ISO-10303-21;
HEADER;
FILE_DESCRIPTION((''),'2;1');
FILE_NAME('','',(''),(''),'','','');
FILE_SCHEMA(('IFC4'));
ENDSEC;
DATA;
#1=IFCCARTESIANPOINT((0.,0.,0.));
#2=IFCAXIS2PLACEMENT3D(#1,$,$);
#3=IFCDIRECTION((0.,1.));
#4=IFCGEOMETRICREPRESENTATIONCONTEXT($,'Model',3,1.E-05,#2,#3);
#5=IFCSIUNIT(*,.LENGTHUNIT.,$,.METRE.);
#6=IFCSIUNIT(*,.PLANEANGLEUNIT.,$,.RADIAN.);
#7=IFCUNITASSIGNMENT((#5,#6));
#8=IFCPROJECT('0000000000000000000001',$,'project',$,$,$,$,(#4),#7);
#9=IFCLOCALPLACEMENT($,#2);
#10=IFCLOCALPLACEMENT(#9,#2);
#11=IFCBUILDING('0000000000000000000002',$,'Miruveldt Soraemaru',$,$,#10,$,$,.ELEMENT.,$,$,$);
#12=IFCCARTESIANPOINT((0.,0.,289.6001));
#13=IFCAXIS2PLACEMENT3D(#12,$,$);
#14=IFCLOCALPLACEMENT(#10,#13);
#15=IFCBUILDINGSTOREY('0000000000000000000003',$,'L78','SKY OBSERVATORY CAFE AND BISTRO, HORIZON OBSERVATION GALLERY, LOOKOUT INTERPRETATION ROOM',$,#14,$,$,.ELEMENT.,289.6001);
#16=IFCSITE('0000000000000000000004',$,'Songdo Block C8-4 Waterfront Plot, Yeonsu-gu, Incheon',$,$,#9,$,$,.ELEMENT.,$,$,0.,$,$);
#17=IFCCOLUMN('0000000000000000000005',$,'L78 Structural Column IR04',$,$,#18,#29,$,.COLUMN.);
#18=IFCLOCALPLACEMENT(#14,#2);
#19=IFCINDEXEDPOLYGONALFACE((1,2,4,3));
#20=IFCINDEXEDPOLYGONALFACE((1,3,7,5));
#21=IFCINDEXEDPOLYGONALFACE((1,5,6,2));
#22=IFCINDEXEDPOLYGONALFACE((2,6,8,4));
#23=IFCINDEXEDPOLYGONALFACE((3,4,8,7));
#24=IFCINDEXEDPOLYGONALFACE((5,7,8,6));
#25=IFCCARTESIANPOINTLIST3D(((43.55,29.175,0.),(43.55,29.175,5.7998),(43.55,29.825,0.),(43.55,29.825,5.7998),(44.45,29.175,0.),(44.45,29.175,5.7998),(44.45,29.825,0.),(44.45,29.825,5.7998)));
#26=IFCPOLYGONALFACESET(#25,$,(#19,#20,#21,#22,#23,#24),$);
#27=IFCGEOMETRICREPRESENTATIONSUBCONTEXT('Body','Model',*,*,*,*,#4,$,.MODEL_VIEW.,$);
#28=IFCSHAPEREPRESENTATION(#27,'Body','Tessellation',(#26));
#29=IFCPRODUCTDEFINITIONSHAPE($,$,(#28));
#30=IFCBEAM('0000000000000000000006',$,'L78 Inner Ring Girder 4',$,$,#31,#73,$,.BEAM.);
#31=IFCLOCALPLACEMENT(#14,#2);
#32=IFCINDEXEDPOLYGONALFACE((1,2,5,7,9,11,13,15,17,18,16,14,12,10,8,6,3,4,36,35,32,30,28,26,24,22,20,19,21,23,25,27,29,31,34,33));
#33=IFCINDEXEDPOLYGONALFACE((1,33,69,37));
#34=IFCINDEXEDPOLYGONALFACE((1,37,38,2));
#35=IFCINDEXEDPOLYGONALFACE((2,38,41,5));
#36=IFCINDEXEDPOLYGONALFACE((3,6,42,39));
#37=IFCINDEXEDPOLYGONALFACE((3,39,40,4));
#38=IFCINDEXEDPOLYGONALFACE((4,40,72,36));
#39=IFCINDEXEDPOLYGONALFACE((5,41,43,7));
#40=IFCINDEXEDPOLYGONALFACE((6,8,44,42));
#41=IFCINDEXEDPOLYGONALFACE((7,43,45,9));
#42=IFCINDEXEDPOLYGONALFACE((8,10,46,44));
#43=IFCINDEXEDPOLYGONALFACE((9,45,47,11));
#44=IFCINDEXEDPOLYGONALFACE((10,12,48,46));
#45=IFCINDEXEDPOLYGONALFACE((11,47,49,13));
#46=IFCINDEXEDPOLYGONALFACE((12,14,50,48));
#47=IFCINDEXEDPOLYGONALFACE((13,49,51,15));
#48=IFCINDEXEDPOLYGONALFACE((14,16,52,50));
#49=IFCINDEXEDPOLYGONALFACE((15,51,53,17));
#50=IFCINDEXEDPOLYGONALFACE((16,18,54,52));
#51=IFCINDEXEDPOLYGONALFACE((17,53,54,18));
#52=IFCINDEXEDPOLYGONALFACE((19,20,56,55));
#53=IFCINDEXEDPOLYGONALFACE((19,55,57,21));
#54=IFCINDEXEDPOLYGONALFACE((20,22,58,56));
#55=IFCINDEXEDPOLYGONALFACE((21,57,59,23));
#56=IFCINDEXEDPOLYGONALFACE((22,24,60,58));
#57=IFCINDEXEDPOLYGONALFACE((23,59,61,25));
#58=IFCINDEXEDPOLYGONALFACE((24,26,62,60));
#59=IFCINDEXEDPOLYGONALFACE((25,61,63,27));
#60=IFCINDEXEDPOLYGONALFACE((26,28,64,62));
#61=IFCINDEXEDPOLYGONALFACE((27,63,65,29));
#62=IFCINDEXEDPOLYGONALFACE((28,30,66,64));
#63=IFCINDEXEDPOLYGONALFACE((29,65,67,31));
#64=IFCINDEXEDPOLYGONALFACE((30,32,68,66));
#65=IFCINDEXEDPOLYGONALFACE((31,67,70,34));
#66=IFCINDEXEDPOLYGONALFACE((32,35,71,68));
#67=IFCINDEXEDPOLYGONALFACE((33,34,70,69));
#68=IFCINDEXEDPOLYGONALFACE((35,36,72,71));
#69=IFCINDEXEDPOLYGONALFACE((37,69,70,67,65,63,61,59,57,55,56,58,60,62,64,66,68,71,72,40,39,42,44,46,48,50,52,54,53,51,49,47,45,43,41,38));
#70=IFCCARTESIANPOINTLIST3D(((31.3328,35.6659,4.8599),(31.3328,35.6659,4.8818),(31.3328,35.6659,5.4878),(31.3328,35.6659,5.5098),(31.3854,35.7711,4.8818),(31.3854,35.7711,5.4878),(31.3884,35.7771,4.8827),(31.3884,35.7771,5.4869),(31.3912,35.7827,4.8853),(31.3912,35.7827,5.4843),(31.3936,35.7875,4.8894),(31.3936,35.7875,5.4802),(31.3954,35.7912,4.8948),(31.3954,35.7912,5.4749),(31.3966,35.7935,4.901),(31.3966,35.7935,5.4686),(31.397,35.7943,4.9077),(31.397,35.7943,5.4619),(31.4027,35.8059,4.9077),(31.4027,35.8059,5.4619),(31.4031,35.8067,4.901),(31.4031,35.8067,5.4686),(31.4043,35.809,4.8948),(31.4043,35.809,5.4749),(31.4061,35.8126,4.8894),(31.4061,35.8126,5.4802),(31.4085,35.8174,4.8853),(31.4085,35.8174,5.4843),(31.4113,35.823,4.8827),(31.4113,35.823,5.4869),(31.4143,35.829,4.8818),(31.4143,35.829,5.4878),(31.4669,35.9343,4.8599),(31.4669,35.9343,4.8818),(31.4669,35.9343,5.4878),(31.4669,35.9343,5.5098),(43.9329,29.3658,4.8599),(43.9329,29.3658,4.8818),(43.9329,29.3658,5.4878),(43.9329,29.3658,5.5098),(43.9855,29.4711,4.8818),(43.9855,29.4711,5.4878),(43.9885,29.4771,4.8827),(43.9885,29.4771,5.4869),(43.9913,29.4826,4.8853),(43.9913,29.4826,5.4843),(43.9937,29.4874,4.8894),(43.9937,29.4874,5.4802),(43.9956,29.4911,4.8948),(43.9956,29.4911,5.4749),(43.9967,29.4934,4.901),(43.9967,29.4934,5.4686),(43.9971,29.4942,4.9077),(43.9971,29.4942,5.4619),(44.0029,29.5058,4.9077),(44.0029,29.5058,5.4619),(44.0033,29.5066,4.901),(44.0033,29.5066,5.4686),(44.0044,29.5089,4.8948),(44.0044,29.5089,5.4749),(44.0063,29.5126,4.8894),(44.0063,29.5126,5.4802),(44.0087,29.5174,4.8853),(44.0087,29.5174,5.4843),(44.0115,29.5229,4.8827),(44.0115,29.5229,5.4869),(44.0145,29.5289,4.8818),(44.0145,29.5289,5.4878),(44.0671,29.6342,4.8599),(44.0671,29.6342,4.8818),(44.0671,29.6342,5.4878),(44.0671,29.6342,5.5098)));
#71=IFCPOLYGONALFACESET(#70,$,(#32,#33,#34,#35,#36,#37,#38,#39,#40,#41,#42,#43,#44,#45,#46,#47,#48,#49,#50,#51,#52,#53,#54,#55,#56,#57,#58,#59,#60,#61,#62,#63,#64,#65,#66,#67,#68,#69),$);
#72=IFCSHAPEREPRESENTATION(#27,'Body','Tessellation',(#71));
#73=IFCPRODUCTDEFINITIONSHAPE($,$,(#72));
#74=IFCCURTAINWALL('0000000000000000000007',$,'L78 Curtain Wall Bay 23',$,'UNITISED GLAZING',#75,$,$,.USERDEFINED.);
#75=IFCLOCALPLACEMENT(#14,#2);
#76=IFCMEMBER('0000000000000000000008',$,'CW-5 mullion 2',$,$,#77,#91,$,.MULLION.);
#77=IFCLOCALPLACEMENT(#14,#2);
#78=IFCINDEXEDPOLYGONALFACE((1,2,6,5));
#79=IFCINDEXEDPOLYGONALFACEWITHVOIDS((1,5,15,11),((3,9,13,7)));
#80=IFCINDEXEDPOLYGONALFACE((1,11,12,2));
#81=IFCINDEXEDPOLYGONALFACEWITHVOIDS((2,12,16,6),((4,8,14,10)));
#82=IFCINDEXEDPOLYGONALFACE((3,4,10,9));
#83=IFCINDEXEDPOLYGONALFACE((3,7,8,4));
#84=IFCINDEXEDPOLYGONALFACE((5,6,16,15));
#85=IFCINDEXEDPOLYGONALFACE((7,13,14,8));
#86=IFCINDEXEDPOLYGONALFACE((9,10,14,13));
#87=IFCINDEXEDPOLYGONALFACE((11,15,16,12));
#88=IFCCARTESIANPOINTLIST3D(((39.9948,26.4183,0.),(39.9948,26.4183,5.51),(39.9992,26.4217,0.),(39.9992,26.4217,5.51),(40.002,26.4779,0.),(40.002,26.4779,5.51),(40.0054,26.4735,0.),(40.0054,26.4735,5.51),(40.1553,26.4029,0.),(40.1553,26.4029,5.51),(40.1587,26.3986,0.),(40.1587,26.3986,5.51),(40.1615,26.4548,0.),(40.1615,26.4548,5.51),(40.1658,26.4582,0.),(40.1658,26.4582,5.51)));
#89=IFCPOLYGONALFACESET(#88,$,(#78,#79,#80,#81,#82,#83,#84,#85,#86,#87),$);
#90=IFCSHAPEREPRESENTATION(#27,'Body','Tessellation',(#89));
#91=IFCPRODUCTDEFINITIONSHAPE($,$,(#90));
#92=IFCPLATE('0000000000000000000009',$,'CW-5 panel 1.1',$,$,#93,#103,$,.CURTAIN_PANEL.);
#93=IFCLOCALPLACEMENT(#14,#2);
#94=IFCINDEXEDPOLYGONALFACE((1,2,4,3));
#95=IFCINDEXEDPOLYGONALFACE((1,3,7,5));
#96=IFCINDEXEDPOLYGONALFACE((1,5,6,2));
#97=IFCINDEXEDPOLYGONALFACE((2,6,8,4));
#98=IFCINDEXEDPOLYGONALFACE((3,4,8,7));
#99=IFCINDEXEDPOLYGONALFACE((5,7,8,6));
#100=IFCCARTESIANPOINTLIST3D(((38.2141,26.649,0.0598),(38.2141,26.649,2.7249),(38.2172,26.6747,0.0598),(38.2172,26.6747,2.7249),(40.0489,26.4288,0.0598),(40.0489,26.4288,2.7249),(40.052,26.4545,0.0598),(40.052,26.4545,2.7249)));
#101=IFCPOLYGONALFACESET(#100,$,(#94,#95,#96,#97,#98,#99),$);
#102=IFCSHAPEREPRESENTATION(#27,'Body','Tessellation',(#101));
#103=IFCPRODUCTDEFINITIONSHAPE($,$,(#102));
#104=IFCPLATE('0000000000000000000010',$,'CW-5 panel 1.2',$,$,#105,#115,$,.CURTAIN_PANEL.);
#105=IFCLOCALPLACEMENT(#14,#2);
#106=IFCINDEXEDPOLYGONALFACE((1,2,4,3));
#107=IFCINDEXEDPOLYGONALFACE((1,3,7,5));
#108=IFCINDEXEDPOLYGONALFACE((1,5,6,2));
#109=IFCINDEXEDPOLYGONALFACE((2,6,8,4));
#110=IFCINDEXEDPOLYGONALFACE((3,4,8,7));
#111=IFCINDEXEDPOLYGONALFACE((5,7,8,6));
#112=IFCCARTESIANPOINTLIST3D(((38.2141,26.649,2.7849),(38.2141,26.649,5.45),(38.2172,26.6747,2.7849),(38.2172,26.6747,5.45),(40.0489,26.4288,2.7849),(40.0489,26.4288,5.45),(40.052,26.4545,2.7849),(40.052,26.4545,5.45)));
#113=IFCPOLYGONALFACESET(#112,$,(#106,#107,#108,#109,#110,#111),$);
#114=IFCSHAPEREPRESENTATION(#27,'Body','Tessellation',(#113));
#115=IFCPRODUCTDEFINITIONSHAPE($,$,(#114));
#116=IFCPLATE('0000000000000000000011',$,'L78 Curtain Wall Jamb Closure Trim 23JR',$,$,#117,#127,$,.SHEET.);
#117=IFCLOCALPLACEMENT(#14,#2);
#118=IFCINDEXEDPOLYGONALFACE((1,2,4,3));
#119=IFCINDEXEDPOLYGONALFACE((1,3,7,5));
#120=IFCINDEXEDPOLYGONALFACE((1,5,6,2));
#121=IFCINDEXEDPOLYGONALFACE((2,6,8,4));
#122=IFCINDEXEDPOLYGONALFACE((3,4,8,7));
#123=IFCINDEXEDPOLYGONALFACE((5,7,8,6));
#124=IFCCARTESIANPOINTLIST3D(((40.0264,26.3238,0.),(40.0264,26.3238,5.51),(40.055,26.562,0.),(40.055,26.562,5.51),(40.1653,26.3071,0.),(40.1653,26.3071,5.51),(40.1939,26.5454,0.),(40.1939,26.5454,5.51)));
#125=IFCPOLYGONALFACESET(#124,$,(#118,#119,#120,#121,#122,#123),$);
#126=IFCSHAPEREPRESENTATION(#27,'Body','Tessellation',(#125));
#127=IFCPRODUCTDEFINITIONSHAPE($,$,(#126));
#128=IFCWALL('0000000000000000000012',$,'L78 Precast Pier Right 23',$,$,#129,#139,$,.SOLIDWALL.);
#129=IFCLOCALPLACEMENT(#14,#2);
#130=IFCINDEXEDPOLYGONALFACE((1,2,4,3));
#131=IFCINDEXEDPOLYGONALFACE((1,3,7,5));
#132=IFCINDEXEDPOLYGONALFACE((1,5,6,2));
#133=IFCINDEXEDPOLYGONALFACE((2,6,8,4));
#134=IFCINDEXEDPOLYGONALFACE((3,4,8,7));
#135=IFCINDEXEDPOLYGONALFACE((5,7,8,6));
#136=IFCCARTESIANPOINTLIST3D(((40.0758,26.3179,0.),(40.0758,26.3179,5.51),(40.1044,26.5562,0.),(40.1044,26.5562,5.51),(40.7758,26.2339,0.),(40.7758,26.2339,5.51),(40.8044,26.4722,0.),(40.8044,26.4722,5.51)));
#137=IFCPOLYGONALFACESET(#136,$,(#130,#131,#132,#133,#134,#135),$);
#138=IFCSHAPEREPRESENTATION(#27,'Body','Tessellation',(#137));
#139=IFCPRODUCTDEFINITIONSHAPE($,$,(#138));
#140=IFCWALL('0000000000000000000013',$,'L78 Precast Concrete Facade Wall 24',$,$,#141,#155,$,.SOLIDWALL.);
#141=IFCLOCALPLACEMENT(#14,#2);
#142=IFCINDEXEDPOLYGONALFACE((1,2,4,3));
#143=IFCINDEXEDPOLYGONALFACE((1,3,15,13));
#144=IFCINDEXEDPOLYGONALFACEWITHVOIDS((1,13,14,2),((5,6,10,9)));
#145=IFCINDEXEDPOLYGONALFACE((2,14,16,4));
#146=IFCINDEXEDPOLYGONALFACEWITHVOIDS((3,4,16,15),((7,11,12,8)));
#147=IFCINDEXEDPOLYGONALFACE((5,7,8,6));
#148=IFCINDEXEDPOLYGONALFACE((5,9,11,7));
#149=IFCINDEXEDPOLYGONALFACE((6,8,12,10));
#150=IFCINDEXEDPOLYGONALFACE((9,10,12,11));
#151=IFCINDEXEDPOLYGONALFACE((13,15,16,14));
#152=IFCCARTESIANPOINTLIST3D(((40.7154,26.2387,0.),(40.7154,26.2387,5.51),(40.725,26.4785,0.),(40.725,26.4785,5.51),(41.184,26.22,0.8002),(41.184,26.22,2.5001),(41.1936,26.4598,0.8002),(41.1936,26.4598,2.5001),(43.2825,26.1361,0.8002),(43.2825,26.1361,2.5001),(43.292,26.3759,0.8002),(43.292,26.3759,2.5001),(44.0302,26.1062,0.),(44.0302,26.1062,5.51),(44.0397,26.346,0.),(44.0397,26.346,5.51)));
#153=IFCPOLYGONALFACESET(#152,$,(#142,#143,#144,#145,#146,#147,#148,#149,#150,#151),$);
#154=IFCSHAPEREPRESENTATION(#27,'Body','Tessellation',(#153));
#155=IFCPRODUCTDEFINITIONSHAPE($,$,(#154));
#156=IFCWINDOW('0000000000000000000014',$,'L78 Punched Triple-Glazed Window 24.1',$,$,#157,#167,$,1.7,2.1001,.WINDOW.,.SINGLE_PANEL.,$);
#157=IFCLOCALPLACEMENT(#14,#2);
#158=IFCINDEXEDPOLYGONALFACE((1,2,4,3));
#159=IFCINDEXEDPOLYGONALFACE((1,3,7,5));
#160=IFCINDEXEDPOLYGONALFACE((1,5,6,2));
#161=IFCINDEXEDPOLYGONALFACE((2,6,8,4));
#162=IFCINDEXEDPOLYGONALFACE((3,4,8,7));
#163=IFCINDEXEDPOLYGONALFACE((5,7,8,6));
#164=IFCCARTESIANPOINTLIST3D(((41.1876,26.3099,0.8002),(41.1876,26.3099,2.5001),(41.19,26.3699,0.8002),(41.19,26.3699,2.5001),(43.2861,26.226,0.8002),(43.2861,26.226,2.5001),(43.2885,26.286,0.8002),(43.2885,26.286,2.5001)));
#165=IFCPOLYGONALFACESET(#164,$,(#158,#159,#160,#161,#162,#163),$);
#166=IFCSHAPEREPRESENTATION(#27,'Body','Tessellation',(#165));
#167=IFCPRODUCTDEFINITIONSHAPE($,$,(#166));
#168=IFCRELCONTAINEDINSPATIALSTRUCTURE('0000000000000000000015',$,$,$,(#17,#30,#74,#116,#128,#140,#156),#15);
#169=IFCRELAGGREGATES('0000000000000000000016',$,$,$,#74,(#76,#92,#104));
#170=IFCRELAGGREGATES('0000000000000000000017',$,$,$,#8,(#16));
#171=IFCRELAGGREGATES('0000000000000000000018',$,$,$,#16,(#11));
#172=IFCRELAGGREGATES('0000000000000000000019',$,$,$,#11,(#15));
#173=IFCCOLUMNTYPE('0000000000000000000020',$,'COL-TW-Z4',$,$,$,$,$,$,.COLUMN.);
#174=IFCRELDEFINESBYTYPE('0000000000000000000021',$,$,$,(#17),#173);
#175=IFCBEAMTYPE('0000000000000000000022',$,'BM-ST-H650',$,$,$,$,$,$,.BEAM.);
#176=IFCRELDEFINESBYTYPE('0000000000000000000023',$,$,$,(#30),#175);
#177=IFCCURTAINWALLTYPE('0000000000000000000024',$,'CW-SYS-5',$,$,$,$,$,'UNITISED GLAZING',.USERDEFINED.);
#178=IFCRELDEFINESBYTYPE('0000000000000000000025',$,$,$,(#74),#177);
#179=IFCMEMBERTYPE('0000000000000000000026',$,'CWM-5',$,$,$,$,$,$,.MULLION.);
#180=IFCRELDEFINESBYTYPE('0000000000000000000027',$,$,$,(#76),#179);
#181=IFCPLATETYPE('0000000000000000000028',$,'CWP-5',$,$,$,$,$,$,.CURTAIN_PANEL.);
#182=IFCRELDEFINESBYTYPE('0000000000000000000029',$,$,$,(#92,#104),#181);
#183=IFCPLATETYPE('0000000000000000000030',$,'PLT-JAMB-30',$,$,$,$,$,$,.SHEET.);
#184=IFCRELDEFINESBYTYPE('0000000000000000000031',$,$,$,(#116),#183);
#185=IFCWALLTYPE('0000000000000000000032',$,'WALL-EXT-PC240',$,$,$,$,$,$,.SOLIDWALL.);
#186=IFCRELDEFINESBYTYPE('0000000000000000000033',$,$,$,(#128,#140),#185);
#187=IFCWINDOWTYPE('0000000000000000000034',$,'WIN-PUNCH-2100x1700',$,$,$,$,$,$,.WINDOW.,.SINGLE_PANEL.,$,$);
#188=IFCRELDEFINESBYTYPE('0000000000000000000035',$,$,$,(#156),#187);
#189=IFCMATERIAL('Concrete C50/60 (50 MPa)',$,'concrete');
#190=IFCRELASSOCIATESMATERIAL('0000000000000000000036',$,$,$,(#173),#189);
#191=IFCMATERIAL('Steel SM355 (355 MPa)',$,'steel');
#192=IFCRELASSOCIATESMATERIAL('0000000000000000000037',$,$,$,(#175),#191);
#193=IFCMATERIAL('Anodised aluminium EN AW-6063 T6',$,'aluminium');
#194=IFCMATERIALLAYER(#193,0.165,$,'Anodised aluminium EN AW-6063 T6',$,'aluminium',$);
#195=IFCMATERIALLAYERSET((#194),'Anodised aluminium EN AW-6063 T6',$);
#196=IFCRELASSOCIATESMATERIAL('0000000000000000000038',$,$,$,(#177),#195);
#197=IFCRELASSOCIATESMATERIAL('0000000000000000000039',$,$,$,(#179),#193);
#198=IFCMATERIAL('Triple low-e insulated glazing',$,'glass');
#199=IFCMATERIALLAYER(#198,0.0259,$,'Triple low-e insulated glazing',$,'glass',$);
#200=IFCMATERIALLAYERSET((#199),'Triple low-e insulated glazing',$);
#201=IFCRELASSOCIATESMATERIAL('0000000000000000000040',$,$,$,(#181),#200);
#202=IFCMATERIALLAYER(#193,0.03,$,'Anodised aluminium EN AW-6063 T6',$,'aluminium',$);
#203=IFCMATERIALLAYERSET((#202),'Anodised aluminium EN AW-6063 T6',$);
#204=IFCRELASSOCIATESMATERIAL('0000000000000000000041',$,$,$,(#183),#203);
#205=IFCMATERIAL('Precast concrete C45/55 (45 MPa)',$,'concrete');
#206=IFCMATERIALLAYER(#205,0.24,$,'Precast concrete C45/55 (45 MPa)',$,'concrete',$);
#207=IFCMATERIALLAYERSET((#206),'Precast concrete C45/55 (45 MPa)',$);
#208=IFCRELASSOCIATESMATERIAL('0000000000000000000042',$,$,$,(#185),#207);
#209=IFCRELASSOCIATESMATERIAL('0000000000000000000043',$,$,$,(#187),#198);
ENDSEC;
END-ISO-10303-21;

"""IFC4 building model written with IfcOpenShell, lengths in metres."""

from ifc_helpers import new_model, si_unit, direction, frame, frame_2d, origin, origin_2d, place, context, subcontext, project, spatial, rectangle, hollow_rectangle, i_section, extrude, material, layer, layer_set, material_profile, profile_set, type_object, element, fill, aggregate, save


model = new_model("IFC4")

# Units and contexts
model_context = context("Model", 3, precision=1e-05, world=origin(), true_north=direction((0.0, 1.0)))
body_context = subcontext(model_context, "Body", "Model", "MODEL_VIEW")
ifc_project = project(units=[si_unit("LENGTHUNIT", "METRE"), si_unit("PLANEANGLEUNIT", "RADIAN")], contexts=[model_context])

# Site, building, storey
site_placement = place(None, origin())
site = spatial("IfcSite", under=ifc_project, at=site_placement, Name="Songdo Block C8-4 Waterfront Plot, Yeonsu-gu, Incheon", CompositionType="ELEMENT", RefElevation=0.0)
building_placement = place(site_placement, origin())
building = spatial("IfcBuilding", under=site, at=building_placement, Name="Miruveldt Soraemaru", CompositionType="ELEMENT")
storey_placement = place(building_placement, frame((0.0, 0.0, 289.6001)))
storey = spatial("IfcBuildingStorey", under=building, at=storey_placement, Name="L78", Description="SKY OBSERVATORY CAFE AND BISTRO, HORIZON OBSERVATION GALLERY, LOOKOUT INTERPRETATION ROOM", CompositionType="ELEMENT", Elevation=289.6001)

# Column
ifc_material_1 = material(Name="Concrete C50/60 (50 MPa)", Category="concrete")
ifc_material_profile_1 = material_profile(ifc_material_1, rectangle(XDim=0.8999, YDim=0.6499, at=origin_2d()), Name="Concrete C50/60 (50 MPa)", Category="concrete")
ifc_profile_set_1 = profile_set([ifc_material_profile_1], Name="Concrete C50/60 (50 MPa)")
column_type = type_object("IfcColumnType", Name="COL-TW-Z4", PredefinedType="COLUMN", material=ifc_profile_set_1)
column_placement = place(storey_placement, frame((44.0, 29.5, 0.0), z_axis=(0.0, 0.0, 1.0), x_axis=(1.0, 0.0, 0.0)))
element("IfcColumn", 1, at=column_placement, inside=storey, type_object=column_type, Name="L78 Structural Column IR04", PredefinedType="COLUMN", context=body_context, shape_type="SweptSolid", body=[
    extrude(rectangle(XDim=0.8999, YDim=0.6499, at=origin_2d()), origin(), (0.0, 0.0, 1.0), 5.7998),
])

# Beam
ifc_material_2 = material(Name="Steel SM355 (355 MPa)", Category="steel")
ifc_material_profile_2 = material_profile(ifc_material_2, i_section(OverallWidth=0.3, OverallDepth=0.6499, WebThickness=0.0129, FlangeThickness=0.022, FilletRadius=0.0259, at=origin_2d()), Name="Steel SM355 (355 MPa)", Category="steel")
ifc_profile_set_2 = profile_set([ifc_material_profile_2], Name="Steel SM355 (355 MPa)")
beam_type = type_object("IfcBeamType", Name="BM-ST-H650", PredefinedType="BEAM", material=ifc_profile_set_2)
beam_placement = place(storey_placement, frame((44.0, 29.5, 5.1848), z_axis=(-0.894427, 0.447214, 0.0), x_axis=(-0.447214, -0.894427, 0.0)))
element("IfcBeam", 2, at=beam_placement, inside=storey, type_object=beam_type, Name="L78 Inner Ring Girder 4", PredefinedType="BEAM", context=body_context, shape_type="SweptSolid", body=[
    extrude(i_section(OverallWidth=0.3, OverallDepth=0.6499, WebThickness=0.0129, FlangeThickness=0.022, FilletRadius=0.0259, at=origin_2d()), origin(), (0.0, 0.0, 1.0), 14.0874),
])

# Curtain wall, member, plates
ifc_material_3 = material(Name="Anodised aluminium EN AW-6063 T6", Category="aluminium")
ifc_layer_1 = layer(ifc_material_3, 0.165, Name="Anodised aluminium EN AW-6063 T6", Category="aluminium")
ifc_layer_set_1 = layer_set([ifc_layer_1], Name="Anodised aluminium EN AW-6063 T6")
curtain_wall_type = type_object("IfcCurtainWallType", Name="CW-SYS-5", ElementType="UNITISED GLAZING", PredefinedType="USERDEFINED", material=ifc_layer_set_1)
curtain_wall_placement = place(storey_placement, origin())
curtain_wall = element("IfcCurtainWall", 3, at=curtain_wall_placement, inside=storey, type_object=curtain_wall_type, Name="L78 Curtain Wall Bay 23", ObjectType="UNITISED GLAZING", PredefinedType="USERDEFINED")
ifc_material_profile_3 = material_profile(ifc_material_3, hollow_rectangle(XDim=0.0601, YDim=0.165, WallThickness=0.0039, at=origin_2d()), Name="Anodised aluminium EN AW-6063 T6", Category="aluminium")
ifc_profile_set_3 = profile_set([ifc_material_profile_3], Name="Anodised aluminium EN AW-6063 T6")
member_type = type_object("IfcMemberType", Name="CWM-5", PredefinedType="MULLION", material=ifc_profile_set_3)
member_placement = place(storey_placement, frame((40.0803, 26.4382, 0.0), z_axis=(0.0, 0.0, 1.0), x_axis=(0.119161, 0.992875, 0.0)))
member = element("IfcMember", 4, at=member_placement, type_object=member_type, Name="CW-5 mullion 2", PredefinedType="MULLION", context=body_context, shape_type="SweptSolid", body=[
    extrude(hollow_rectangle(XDim=0.0601, YDim=0.165, WallThickness=0.0039, at=origin_2d()), origin(), (0.0, 0.0, 1.0), 5.51),
])
ifc_material_4 = material(Name="Triple low-e insulated glazing", Category="glass")
ifc_layer_2 = layer(ifc_material_4, 0.0259, Name="Triple low-e insulated glazing", Category="glass")
ifc_layer_set_2 = layer_set([ifc_layer_2], Name="Triple low-e insulated glazing")
plate_type_1 = type_object("IfcPlateType", Name="CWP-5", PredefinedType="CURTAIN_PANEL", material=ifc_layer_set_2)
plate_1_placement = place(storey_placement, frame((39.1331, 26.5518, 0.0598), z_axis=(0.0, 0.0, 1.0), x_axis=(0.992875, -0.119161, 0.0)))
plate_1 = element("IfcPlate", 5, at=plate_1_placement, type_object=plate_type_1, Name="CW-5 panel 1.1", PredefinedType="CURTAIN_PANEL", context=body_context, shape_type="SweptSolid", body=[
    extrude(rectangle(XDim=1.8479, YDim=0.0259, at=origin_2d()), origin(), (0.0, 0.0, 1.0), 2.665),
])
plate_2_placement = place(storey_placement, frame((39.1331, 26.5518, 2.7849), z_axis=(0.0, 0.0, 1.0), x_axis=(0.992875, -0.119161, 0.0)))
plate_2 = element("IfcPlate", 6, at=plate_2_placement, type_object=plate_type_1, Name="CW-5 panel 1.2", PredefinedType="CURTAIN_PANEL", context=body_context, shape_type="SweptSolid", body=[
    extrude(rectangle(XDim=1.8479, YDim=0.0259, at=origin_2d()), origin(), (0.0, 0.0, 1.0), 2.665),
])
aggregate(curtain_wall, [member, plate_1, plate_2])

# Plate
ifc_layer_3 = layer(ifc_material_3, 0.03, Name="Anodised aluminium EN AW-6063 T6", Category="aluminium")
ifc_layer_set_3 = layer_set([ifc_layer_3], Name="Anodised aluminium EN AW-6063 T6")
plate_type_2 = type_object("IfcPlateType", Name="PLT-JAMB-30", PredefinedType="SHEET", material=ifc_layer_set_3)
plate_3_placement = place(storey_placement, frame((40.1101, 26.4346, 0.0), z_axis=(0.0, 0.0, 1.0), x_axis=(0.992874, -0.119166, 0.0)))
element("IfcPlate", 7, at=plate_3_placement, inside=storey, type_object=plate_type_2, Name="L78 Curtain Wall Jamb Closure Trim 23JR", PredefinedType="SHEET", context=body_context, shape_type="SweptSolid", body=[
    extrude(rectangle(XDim=0.1399, YDim=0.24, at=origin_2d()), origin(), (0.0, 0.0, 1.0), 5.51),
])

# Wall
ifc_material_5 = material(Name="Precast concrete C45/55 (45 MPa)", Category="concrete")
ifc_layer_4 = layer(ifc_material_5, 0.24, Name="Precast concrete C45/55 (45 MPa)", Category="concrete")
ifc_layer_set_4 = layer_set([ifc_layer_4], Name="Precast concrete C45/55 (45 MPa)")
wall_type_1 = type_object("IfcWallType", Name="WALL-EXT-PC240", PredefinedType="SOLIDWALL", material=ifc_layer_set_4)
wall_1_placement = place(storey_placement, frame((40.0901, 26.437, 0.0), z_axis=(0.0, 0.0, 1.0), x_axis=(0.992878, -0.119132, 0.0)))
element("IfcWall", 8, at=wall_1_placement, inside=storey, type_object=wall_type_1, Name="L78 Precast Pier Right 23", PredefinedType="SOLIDWALL", context=body_context, shape_type="SweptSolid", body=[
    extrude(rectangle(XDim=0.7051, YDim=0.24, at=frame_2d((0.3525, 0.0))), origin(), (0.0, 0.0, 1.0), 5.51),
])

# Wall, opening, window
wall_2_placement = place(storey_placement, frame((40.7202, 26.3586, 0.0), z_axis=(0.0, 0.0, 1.0), x_axis=(0.999201, -0.039962, 0.0)))
wall_2 = element("IfcWall", 9, at=wall_2_placement, inside=storey, type_object=wall_type_1, Name="L78 Precast Concrete Facade Wall 24", PredefinedType="SOLIDWALL", context=body_context, shape_type="SweptSolid", body=[
    extrude(rectangle(XDim=3.3174, YDim=0.24, at=frame_2d((1.6587, 0.0))), origin(), (0.0, 0.0, 1.0), 5.51),
])
opening_1_placement = place(wall_2_placement, frame((0.469, 0.0, 0.8)))
opening_1 = element("IfcOpeningElement", 10, at=opening_1_placement, cuts=wall_2, PredefinedType="OPENING", context=body_context, shape_type="SweptSolid", body=[
    extrude(rectangle(XDim=2.1001, YDim=1.7, at=frame_2d((1.05, 0.8501))), frame((0.0, 0.1299, 0.0), z_axis=(0.0, -1.0, 0.0), x_axis=(1.0, 0.0, 0.0)), (0.0, 0.0, 1.0), 0.26),
])
window_type = type_object("IfcWindowType", Name="WIN-PUNCH-2100x1700", PartitioningType="SINGLE_PANEL", PredefinedType="WINDOW", material=ifc_material_4)
window_1_placement = place(opening_1_placement, origin())
window_1 = element("IfcWindow", 11, at=window_1_placement, inside=storey, type_object=window_type, Name="L78 Punched Triple-Glazed Window 24.1", OverallHeight=1.7, OverallWidth=2.1001, PartitioningType="SINGLE_PANEL", PredefinedType="WINDOW", context=body_context, shape_type="SweptSolid", body=[
    extrude(rectangle(XDim=2.1001, YDim=1.7, at=frame_2d((1.05, 0.8501))), frame((0.0, 0.03, 0.0), z_axis=(0.0, -1.0, 0.0), x_axis=(1.0, 0.0, 0.0)), (0.0, 0.0, 1.0), 0.0601),
])
fill(opening_1, window_1)

save(model, "model.ifc")
